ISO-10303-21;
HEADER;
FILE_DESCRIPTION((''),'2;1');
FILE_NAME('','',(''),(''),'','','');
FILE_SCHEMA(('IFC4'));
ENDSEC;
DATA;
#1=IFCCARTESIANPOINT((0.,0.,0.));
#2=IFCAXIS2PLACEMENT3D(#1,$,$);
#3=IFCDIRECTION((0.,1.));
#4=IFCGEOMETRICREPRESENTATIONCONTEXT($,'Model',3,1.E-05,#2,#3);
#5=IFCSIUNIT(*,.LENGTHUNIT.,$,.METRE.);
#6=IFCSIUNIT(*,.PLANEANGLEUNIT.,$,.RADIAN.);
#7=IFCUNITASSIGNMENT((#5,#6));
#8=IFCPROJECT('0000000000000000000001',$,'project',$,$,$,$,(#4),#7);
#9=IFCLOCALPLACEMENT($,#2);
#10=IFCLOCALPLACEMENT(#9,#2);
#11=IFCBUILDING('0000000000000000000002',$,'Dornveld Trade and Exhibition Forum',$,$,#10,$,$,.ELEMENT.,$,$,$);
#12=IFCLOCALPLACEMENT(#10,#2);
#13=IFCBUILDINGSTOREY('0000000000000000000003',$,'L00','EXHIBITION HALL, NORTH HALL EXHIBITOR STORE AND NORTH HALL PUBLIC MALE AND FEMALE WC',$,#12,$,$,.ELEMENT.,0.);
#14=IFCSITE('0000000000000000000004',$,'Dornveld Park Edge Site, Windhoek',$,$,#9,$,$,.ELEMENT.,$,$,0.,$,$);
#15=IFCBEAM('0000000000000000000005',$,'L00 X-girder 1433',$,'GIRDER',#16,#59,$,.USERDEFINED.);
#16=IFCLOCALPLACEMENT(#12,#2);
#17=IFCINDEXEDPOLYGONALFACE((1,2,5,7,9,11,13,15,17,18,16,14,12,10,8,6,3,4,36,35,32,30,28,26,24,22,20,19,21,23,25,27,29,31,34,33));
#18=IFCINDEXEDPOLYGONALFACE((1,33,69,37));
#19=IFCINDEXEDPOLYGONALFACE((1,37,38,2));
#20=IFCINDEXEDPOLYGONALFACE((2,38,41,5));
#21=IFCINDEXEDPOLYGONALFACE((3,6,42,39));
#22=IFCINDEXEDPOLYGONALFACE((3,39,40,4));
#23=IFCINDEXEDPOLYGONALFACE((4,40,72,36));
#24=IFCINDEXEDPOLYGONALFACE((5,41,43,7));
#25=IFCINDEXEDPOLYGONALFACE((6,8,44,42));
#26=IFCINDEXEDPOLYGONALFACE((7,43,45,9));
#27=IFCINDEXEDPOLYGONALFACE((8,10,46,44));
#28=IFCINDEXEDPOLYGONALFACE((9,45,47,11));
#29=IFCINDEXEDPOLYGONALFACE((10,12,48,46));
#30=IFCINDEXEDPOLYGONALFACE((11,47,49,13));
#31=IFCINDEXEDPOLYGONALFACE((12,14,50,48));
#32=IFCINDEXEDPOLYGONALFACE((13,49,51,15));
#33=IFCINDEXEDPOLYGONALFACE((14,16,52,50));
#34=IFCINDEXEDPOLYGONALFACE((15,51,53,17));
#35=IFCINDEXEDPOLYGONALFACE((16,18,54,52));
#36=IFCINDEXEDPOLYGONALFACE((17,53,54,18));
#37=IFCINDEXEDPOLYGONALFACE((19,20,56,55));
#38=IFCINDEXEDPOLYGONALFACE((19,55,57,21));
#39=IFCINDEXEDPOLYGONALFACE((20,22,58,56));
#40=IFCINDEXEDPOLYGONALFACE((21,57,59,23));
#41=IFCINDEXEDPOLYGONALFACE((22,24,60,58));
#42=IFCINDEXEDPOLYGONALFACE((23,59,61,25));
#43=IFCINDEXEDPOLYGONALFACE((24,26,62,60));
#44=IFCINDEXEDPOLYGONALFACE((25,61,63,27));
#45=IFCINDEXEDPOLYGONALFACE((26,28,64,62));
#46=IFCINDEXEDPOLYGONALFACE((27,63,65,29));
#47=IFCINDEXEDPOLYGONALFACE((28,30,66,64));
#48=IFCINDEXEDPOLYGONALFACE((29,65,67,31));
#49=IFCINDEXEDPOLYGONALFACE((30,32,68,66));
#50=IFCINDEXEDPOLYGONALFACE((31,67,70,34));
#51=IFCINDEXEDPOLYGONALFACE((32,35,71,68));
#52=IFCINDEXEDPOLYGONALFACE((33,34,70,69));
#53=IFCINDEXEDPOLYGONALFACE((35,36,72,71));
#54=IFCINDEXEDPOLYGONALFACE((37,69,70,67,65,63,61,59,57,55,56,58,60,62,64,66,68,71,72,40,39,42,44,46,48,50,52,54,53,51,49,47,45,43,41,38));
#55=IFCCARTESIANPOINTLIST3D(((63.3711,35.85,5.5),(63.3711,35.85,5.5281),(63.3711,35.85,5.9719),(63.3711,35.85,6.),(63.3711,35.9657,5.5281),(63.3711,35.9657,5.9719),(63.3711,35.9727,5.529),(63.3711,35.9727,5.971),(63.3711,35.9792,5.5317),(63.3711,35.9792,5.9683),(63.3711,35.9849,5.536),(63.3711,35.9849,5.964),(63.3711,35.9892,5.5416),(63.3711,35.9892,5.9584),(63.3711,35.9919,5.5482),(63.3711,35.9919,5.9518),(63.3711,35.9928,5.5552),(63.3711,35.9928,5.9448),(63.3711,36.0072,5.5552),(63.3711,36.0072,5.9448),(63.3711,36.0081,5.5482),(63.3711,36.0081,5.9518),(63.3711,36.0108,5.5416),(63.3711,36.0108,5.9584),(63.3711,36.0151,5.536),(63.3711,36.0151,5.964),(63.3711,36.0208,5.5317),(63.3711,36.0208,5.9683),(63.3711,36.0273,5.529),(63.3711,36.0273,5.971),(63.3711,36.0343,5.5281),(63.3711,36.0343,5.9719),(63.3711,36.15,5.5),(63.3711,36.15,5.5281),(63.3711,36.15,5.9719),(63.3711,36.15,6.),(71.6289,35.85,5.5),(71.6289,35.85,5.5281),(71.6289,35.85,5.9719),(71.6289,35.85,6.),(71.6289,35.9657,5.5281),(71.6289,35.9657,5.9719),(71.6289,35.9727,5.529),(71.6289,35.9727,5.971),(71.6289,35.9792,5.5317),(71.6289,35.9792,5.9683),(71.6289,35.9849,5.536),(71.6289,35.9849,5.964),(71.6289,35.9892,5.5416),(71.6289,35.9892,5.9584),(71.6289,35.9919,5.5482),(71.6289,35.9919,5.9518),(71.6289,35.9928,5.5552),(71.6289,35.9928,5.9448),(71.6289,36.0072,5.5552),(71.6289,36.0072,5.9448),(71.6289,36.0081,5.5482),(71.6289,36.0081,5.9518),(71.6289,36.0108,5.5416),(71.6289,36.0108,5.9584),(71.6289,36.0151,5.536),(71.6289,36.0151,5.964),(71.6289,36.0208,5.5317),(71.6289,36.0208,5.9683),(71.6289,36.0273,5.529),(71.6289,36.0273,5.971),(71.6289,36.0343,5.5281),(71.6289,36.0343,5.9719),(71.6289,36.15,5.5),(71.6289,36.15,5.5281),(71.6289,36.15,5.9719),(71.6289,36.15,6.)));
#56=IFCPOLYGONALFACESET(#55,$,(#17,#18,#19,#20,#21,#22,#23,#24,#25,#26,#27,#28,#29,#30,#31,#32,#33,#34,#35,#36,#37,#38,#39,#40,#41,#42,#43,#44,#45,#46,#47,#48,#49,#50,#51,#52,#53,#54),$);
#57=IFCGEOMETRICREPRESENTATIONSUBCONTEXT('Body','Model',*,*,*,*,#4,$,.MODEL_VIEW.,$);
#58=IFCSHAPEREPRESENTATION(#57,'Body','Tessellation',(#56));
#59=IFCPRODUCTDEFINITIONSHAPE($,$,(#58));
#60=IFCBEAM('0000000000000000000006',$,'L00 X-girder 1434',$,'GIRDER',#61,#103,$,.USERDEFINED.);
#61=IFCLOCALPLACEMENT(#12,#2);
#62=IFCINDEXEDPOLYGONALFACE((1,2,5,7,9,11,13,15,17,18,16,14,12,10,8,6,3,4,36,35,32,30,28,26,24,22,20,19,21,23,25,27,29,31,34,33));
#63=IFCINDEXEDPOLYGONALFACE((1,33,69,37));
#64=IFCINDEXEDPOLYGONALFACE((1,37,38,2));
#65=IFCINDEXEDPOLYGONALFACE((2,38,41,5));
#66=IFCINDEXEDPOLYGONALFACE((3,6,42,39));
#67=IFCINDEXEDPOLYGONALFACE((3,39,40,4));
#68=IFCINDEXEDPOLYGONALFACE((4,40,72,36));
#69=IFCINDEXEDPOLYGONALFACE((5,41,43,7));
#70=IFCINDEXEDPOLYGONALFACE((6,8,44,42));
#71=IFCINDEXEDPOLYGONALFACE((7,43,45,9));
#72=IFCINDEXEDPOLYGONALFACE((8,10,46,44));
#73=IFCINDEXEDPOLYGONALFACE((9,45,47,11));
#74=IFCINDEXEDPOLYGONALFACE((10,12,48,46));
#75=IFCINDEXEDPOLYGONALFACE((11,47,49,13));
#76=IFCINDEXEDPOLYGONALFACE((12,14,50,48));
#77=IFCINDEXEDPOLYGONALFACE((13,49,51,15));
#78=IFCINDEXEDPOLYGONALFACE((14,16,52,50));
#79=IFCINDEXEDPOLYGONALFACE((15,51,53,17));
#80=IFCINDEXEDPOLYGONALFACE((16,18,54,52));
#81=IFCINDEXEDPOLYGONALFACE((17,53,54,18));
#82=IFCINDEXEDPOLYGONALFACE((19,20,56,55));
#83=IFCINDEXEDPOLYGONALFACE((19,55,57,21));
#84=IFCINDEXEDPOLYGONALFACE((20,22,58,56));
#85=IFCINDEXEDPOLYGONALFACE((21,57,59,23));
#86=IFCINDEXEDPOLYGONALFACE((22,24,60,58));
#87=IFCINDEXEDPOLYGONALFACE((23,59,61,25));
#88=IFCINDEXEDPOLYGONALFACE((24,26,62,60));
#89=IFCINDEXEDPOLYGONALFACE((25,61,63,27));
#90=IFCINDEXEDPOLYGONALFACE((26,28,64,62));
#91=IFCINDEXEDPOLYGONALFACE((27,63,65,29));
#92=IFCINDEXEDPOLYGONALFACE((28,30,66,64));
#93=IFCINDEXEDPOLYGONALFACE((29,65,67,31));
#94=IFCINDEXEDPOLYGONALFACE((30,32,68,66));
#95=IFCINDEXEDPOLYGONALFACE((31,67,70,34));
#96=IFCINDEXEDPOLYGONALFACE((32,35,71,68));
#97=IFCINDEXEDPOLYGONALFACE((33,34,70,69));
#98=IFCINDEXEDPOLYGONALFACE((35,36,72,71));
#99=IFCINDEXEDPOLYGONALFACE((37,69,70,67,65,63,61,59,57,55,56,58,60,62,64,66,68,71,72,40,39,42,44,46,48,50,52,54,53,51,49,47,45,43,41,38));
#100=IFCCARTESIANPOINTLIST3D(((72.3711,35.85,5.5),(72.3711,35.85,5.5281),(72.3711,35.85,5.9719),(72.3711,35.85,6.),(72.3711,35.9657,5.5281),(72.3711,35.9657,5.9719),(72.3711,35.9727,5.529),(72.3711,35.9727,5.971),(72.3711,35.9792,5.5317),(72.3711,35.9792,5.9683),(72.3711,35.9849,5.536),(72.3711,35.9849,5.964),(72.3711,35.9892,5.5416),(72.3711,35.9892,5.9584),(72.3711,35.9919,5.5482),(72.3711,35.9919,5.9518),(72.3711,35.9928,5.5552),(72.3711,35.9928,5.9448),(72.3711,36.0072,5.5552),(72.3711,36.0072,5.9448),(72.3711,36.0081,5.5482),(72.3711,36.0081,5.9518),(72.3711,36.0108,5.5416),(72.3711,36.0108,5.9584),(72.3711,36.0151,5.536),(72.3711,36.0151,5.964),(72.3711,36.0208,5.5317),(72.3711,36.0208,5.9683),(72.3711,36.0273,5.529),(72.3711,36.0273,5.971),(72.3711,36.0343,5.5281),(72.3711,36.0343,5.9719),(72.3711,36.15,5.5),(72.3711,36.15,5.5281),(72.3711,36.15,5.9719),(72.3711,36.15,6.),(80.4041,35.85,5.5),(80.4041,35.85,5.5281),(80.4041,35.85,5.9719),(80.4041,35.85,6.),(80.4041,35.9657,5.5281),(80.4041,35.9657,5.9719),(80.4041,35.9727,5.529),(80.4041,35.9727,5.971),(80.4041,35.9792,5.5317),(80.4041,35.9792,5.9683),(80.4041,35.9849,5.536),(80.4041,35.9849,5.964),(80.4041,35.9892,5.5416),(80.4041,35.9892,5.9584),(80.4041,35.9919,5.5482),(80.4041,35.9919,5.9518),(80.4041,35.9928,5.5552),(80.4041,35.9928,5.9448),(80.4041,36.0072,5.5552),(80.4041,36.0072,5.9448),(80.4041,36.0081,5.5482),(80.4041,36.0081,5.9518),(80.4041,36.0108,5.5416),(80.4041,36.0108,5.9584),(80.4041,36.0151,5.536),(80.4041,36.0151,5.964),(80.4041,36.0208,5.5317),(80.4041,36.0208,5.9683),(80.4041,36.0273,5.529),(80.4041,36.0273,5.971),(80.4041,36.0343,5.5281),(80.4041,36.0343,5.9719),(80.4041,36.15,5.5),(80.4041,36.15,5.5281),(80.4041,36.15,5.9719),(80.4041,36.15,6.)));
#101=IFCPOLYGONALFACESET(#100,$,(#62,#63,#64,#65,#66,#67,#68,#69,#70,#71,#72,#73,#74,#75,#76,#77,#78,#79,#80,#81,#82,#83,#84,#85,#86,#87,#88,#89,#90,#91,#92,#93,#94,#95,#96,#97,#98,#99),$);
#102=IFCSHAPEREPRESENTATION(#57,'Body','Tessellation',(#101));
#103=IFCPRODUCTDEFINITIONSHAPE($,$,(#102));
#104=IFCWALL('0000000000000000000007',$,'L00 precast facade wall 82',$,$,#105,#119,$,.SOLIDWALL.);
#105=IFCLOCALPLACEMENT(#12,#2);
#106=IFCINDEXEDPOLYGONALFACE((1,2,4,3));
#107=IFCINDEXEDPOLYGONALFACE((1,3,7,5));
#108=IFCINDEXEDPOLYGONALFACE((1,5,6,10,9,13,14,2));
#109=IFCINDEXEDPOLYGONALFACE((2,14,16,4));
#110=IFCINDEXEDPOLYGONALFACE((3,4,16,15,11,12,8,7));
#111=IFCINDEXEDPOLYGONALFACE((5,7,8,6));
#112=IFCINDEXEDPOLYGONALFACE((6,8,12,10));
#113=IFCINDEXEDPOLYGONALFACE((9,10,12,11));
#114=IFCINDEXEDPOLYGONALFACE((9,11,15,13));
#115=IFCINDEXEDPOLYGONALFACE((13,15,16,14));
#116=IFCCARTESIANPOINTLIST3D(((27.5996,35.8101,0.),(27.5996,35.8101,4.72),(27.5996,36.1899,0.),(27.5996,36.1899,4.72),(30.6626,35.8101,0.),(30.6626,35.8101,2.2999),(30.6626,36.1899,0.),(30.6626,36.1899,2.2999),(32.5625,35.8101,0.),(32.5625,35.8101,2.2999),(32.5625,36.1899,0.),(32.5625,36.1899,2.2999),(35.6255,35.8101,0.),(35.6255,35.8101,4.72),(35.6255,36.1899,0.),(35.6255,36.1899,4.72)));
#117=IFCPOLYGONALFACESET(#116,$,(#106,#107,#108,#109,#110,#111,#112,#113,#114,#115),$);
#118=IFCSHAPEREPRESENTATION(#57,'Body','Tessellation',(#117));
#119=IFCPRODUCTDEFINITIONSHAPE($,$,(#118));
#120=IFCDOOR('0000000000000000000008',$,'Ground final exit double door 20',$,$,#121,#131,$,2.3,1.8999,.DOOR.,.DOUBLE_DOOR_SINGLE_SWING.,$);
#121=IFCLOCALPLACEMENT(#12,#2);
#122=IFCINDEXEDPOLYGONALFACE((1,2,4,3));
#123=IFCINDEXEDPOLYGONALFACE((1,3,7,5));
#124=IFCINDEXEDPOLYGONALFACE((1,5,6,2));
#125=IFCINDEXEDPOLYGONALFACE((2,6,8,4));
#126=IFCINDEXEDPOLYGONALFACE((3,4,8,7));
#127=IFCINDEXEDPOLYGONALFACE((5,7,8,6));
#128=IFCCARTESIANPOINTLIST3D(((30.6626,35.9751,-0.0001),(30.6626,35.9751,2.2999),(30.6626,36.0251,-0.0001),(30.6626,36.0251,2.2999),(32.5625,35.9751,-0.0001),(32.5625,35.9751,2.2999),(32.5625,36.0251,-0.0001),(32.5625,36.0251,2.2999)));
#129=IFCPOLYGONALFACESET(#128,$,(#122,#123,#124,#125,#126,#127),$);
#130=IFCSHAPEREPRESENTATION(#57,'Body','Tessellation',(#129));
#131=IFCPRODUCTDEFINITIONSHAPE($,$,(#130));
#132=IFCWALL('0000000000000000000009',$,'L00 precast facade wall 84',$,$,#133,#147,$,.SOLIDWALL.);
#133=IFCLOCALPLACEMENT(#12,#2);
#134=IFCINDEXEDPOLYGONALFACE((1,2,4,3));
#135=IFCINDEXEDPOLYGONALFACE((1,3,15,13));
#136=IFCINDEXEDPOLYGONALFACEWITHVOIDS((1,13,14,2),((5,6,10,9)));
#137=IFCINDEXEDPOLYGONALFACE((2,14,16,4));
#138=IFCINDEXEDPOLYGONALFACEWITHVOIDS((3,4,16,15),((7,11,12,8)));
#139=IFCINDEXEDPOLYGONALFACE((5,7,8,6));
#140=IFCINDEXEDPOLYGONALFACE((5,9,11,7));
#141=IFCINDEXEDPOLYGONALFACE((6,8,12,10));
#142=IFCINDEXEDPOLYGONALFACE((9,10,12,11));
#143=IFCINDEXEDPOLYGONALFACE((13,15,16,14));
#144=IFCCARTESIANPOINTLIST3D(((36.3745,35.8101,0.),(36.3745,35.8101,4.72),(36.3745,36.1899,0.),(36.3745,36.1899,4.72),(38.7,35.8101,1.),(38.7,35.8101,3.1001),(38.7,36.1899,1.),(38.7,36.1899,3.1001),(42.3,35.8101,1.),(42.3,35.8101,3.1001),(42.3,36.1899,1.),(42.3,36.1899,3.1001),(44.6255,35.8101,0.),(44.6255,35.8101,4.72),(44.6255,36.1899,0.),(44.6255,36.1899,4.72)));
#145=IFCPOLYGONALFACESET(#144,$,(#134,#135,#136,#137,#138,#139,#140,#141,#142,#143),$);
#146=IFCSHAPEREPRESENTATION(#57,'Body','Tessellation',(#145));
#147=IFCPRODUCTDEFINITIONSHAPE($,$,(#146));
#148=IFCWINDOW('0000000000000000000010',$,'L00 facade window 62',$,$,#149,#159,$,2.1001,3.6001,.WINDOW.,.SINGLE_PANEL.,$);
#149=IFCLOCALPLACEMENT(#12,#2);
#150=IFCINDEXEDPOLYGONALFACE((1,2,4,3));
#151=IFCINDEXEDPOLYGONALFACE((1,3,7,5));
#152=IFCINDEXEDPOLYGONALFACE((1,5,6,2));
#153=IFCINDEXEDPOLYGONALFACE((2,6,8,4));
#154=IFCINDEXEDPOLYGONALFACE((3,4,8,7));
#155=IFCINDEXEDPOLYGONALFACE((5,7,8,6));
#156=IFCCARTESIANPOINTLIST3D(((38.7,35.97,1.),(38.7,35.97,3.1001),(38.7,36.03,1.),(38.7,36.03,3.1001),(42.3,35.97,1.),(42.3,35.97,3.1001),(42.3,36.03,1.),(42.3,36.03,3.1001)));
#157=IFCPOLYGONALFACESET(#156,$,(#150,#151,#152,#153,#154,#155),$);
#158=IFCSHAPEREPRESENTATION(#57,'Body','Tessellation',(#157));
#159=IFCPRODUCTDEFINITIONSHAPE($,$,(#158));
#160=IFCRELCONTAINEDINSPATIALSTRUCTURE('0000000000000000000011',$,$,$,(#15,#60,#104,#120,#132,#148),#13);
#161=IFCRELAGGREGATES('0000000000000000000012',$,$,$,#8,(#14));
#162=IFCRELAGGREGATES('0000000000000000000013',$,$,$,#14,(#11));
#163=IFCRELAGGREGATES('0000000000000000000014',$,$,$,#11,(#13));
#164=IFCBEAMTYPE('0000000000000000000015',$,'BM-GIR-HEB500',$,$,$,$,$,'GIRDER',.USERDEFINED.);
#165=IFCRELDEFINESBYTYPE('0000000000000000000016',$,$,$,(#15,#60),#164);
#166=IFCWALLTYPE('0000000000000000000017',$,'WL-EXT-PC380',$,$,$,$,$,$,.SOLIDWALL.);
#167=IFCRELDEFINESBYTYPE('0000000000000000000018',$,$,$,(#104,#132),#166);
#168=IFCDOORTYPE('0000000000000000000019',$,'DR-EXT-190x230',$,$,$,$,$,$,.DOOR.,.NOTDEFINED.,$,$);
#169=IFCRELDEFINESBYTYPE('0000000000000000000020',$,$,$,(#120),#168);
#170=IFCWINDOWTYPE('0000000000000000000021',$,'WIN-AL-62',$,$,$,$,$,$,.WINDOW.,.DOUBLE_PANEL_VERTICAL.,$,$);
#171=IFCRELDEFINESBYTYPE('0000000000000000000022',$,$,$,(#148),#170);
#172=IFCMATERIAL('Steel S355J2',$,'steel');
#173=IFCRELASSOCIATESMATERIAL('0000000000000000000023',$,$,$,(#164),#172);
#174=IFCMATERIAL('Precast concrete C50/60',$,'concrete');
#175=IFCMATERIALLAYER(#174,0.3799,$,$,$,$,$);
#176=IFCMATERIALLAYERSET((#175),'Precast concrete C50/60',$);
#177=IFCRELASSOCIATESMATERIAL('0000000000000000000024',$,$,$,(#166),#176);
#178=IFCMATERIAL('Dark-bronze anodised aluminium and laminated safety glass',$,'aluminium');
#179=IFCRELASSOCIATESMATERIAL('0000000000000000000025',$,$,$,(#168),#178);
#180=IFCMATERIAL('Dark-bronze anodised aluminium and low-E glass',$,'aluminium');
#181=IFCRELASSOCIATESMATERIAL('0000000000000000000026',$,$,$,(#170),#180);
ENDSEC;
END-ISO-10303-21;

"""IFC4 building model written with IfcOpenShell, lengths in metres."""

from ifc_helpers import new_model, si_unit, direction, frame, frame_2d, origin, origin_2d, place, context, subcontext, project, spatial, rectangle, i_section, extrude, material, layer, layer_set, material_profile, profile_set, type_object, element, fill, save


model = new_model("IFC4")

# Units and contexts
model_context = context("Model", 3, precision=1e-05, world=origin(), true_north=direction((0.0, 1.0)))
body_context = subcontext(model_context, "Body", "Model", "MODEL_VIEW")
ifc_project = project(units=[si_unit("LENGTHUNIT", "METRE"), si_unit("PLANEANGLEUNIT", "RADIAN")], contexts=[model_context])

# Site, building, storey
site_placement = place(None, origin())
site = spatial("IfcSite", under=ifc_project, at=site_placement, Name="Dornveld Park Edge Site, Windhoek", CompositionType="ELEMENT", RefElevation=0.0)
building_placement = place(site_placement, origin())
building = spatial("IfcBuilding", under=site, at=building_placement, Name="Dornveld Trade and Exhibition Forum", CompositionType="ELEMENT")
storey_placement = place(building_placement, origin())
storey = spatial("IfcBuildingStorey", under=building, at=storey_placement, Name="L00", Description="EXHIBITION HALL, NORTH HALL EXHIBITOR STORE AND NORTH HALL PUBLIC MALE AND FEMALE WC", CompositionType="ELEMENT", Elevation=0.0)

# Beams
ifc_material_1 = material(Name="Steel S355J2", Category="steel")
ifc_material_profile_1 = material_profile(ifc_material_1, i_section(OverallWidth=0.3, OverallDepth=0.5, WebThickness=0.0144, FlangeThickness=0.0281, FilletRadius=0.0271, at=origin_2d()), Name="HEB 500")
ifc_profile_set_1 = profile_set([ifc_material_profile_1], Name="Steel S355J2")
beam_type = type_object("IfcBeamType", Name="BM-GIR-HEB500", ElementType="GIRDER", PredefinedType="USERDEFINED", material=ifc_profile_set_1)
for number, where, z_axis, x_axis, name in (
    (1, (63.3711, 36.0, 5.75), (1.0, 0.0, 0.0), (0.0, 1.0, 0.0), "L00 X-girder 1433"),
):
    element("IfcBeam", number, at=place(storey_placement, frame(where, z_axis=z_axis, x_axis=x_axis)), inside=storey, type_object=beam_type, Name=name, ObjectType="GIRDER", PredefinedType="USERDEFINED", context=body_context, shape_type="SweptSolid", body=[
        extrude(i_section(OverallWidth=0.3, OverallDepth=0.5, WebThickness=0.0144, FlangeThickness=0.0281, FilletRadius=0.0271, at=origin_2d()), origin(), (0.0, 0.0, 1.0), 8.2578),
    ])
beam_placement = place(storey_placement, frame((72.3711, 36.0, 5.75), z_axis=(1.0, 0.0, 0.0), x_axis=(0.0, 1.0, 0.0)))
element("IfcBeam", 2, at=beam_placement, inside=storey, type_object=beam_type, Name="L00 X-girder 1434", ObjectType="GIRDER", PredefinedType="USERDEFINED", context=body_context, shape_type="SweptSolid", body=[
    extrude(i_section(OverallWidth=0.3, OverallDepth=0.5, WebThickness=0.0144, FlangeThickness=0.0281, FilletRadius=0.0271, at=origin_2d()), origin(), (0.0, 0.0, 1.0), 8.033),
])

# Wall, opening, door
ifc_material_2 = material(Name="Precast concrete C50/60", Category="concrete")
ifc_layer_1 = layer(ifc_material_2, 0.3799)
ifc_layer_set_1 = layer_set([ifc_layer_1], Name="Precast concrete C50/60")
wall_type_1 = type_object("IfcWallType", Name="WL-EXT-PC380", PredefinedType="SOLIDWALL", material=ifc_layer_set_1)
wall_1_placement = place(storey_placement, frame((27.5996, 36.0, 0.0), z_axis=(0.0, 0.0, 1.0), x_axis=(1.0, 0.0, 0.0)))
wall_1 = element("IfcWall", 3, at=wall_1_placement, inside=storey, type_object=wall_type_1, Name="L00 precast facade wall 82", PredefinedType="SOLIDWALL", context=body_context, shape_type="SweptSolid", body=[
    extrude(rectangle(XDim=8.0259, YDim=0.3799, at=frame_2d((4.0129, 0.0))), origin(), (0.0, 0.0, 1.0), 4.72),
])
opening_1_placement = place(wall_1_placement, frame((3.063, 0.0, 0.0)))
opening_1 = element("IfcOpeningElement", 4, at=opening_1_placement, cuts=wall_1, PredefinedType="OPENING", context=body_context, shape_type="SweptSolid", body=[
    extrude(rectangle(XDim=1.8999, YDim=2.3, at=frame_2d((0.95, 1.1499))), frame((0.0, 0.2, 0.0), z_axis=(0.0, -1.0, 0.0), x_axis=(1.0, 0.0, 0.0)), (0.0, 0.0, 1.0), 0.3999),
])
ifc_material_3 = material(Name="Dark-bronze anodised aluminium and laminated safety glass", Category="aluminium")
door_type_1 = type_object("IfcDoorType", Name="DR-EXT-190x230", OperationType="NOTDEFINED", PredefinedType="DOOR", material=ifc_material_3)
door_1_placement = place(opening_1_placement, frame((1.8999, 0.0, 0.0), z_axis=(0.0, 0.0, 1.0), x_axis=(-1.0, 0.0, 0.0)))
door_1 = element("IfcDoor", 5, at=door_1_placement, inside=storey, type_object=door_type_1, Name="Ground final exit double door 20", OperationType="DOUBLE_DOOR_SINGLE_SWING", OverallHeight=2.3, OverallWidth=1.8999, PredefinedType="DOOR", context=body_context, shape_type="SweptSolid", body=[
    extrude(rectangle(XDim=1.8999, YDim=2.3, at=frame_2d((0.95, 1.1499))), frame((0.0, 0.0249, 0.0), z_axis=(0.0, -1.0, 0.0), x_axis=(1.0, 0.0, 0.0)), (0.0, 0.0, 1.0), 0.05),
])
fill(opening_1, door_1)

# Wall, opening, window
wall_2_placement = place(storey_placement, frame((36.3745, 36.0, 0.0), z_axis=(0.0, 0.0, 1.0), x_axis=(1.0, 0.0, 0.0)))
wall_2 = element("IfcWall", 6, at=wall_2_placement, inside=storey, type_object=wall_type_1, Name="L00 precast facade wall 84", PredefinedType="SOLIDWALL", context=body_context, shape_type="SweptSolid", body=[
    extrude(rectangle(XDim=8.251, YDim=0.3799, at=frame_2d((4.1255, 0.0))), origin(), (0.0, 0.0, 1.0), 4.72),
])
opening_2_placement = place(wall_2_placement, frame((2.3254, 0.0, 1.0)))
opening_2 = element("IfcOpeningElement", 7, at=opening_2_placement, cuts=wall_2, PredefinedType="OPENING", context=body_context, shape_type="SweptSolid", body=[
    extrude(rectangle(XDim=3.6001, YDim=2.1001, at=frame_2d((1.8, 1.05))), frame((0.0, 0.2, 0.0), z_axis=(0.0, -1.0, 0.0), x_axis=(1.0, 0.0, 0.0)), (0.0, 0.0, 1.0), 0.3999),
])
ifc_material_4 = material(Name="Dark-bronze anodised aluminium and low-E glass", Category="aluminium")
window_type_1 = type_object("IfcWindowType", Name="WIN-AL-62", PartitioningType="DOUBLE_PANEL_VERTICAL", PredefinedType="WINDOW", material=ifc_material_4)
window_1_placement = place(opening_2_placement, origin())
window_1 = element("IfcWindow", 8, at=window_1_placement, inside=storey, type_object=window_type_1, Name="L00 facade window 62", OverallHeight=2.1001, OverallWidth=3.6001, PartitioningType="SINGLE_PANEL", PredefinedType="WINDOW", context=body_context, shape_type="SweptSolid", body=[
    extrude(rectangle(XDim=3.6001, YDim=2.1001, at=frame_2d((1.8, 1.05))), frame((0.0, 0.03, 0.0), z_axis=(0.0, -1.0, 0.0), x_axis=(1.0, 0.0, 0.0)), (0.0, 0.0, 1.0), 0.0601),
])
fill(opening_2, window_1)

save(model, "model.ifc")
